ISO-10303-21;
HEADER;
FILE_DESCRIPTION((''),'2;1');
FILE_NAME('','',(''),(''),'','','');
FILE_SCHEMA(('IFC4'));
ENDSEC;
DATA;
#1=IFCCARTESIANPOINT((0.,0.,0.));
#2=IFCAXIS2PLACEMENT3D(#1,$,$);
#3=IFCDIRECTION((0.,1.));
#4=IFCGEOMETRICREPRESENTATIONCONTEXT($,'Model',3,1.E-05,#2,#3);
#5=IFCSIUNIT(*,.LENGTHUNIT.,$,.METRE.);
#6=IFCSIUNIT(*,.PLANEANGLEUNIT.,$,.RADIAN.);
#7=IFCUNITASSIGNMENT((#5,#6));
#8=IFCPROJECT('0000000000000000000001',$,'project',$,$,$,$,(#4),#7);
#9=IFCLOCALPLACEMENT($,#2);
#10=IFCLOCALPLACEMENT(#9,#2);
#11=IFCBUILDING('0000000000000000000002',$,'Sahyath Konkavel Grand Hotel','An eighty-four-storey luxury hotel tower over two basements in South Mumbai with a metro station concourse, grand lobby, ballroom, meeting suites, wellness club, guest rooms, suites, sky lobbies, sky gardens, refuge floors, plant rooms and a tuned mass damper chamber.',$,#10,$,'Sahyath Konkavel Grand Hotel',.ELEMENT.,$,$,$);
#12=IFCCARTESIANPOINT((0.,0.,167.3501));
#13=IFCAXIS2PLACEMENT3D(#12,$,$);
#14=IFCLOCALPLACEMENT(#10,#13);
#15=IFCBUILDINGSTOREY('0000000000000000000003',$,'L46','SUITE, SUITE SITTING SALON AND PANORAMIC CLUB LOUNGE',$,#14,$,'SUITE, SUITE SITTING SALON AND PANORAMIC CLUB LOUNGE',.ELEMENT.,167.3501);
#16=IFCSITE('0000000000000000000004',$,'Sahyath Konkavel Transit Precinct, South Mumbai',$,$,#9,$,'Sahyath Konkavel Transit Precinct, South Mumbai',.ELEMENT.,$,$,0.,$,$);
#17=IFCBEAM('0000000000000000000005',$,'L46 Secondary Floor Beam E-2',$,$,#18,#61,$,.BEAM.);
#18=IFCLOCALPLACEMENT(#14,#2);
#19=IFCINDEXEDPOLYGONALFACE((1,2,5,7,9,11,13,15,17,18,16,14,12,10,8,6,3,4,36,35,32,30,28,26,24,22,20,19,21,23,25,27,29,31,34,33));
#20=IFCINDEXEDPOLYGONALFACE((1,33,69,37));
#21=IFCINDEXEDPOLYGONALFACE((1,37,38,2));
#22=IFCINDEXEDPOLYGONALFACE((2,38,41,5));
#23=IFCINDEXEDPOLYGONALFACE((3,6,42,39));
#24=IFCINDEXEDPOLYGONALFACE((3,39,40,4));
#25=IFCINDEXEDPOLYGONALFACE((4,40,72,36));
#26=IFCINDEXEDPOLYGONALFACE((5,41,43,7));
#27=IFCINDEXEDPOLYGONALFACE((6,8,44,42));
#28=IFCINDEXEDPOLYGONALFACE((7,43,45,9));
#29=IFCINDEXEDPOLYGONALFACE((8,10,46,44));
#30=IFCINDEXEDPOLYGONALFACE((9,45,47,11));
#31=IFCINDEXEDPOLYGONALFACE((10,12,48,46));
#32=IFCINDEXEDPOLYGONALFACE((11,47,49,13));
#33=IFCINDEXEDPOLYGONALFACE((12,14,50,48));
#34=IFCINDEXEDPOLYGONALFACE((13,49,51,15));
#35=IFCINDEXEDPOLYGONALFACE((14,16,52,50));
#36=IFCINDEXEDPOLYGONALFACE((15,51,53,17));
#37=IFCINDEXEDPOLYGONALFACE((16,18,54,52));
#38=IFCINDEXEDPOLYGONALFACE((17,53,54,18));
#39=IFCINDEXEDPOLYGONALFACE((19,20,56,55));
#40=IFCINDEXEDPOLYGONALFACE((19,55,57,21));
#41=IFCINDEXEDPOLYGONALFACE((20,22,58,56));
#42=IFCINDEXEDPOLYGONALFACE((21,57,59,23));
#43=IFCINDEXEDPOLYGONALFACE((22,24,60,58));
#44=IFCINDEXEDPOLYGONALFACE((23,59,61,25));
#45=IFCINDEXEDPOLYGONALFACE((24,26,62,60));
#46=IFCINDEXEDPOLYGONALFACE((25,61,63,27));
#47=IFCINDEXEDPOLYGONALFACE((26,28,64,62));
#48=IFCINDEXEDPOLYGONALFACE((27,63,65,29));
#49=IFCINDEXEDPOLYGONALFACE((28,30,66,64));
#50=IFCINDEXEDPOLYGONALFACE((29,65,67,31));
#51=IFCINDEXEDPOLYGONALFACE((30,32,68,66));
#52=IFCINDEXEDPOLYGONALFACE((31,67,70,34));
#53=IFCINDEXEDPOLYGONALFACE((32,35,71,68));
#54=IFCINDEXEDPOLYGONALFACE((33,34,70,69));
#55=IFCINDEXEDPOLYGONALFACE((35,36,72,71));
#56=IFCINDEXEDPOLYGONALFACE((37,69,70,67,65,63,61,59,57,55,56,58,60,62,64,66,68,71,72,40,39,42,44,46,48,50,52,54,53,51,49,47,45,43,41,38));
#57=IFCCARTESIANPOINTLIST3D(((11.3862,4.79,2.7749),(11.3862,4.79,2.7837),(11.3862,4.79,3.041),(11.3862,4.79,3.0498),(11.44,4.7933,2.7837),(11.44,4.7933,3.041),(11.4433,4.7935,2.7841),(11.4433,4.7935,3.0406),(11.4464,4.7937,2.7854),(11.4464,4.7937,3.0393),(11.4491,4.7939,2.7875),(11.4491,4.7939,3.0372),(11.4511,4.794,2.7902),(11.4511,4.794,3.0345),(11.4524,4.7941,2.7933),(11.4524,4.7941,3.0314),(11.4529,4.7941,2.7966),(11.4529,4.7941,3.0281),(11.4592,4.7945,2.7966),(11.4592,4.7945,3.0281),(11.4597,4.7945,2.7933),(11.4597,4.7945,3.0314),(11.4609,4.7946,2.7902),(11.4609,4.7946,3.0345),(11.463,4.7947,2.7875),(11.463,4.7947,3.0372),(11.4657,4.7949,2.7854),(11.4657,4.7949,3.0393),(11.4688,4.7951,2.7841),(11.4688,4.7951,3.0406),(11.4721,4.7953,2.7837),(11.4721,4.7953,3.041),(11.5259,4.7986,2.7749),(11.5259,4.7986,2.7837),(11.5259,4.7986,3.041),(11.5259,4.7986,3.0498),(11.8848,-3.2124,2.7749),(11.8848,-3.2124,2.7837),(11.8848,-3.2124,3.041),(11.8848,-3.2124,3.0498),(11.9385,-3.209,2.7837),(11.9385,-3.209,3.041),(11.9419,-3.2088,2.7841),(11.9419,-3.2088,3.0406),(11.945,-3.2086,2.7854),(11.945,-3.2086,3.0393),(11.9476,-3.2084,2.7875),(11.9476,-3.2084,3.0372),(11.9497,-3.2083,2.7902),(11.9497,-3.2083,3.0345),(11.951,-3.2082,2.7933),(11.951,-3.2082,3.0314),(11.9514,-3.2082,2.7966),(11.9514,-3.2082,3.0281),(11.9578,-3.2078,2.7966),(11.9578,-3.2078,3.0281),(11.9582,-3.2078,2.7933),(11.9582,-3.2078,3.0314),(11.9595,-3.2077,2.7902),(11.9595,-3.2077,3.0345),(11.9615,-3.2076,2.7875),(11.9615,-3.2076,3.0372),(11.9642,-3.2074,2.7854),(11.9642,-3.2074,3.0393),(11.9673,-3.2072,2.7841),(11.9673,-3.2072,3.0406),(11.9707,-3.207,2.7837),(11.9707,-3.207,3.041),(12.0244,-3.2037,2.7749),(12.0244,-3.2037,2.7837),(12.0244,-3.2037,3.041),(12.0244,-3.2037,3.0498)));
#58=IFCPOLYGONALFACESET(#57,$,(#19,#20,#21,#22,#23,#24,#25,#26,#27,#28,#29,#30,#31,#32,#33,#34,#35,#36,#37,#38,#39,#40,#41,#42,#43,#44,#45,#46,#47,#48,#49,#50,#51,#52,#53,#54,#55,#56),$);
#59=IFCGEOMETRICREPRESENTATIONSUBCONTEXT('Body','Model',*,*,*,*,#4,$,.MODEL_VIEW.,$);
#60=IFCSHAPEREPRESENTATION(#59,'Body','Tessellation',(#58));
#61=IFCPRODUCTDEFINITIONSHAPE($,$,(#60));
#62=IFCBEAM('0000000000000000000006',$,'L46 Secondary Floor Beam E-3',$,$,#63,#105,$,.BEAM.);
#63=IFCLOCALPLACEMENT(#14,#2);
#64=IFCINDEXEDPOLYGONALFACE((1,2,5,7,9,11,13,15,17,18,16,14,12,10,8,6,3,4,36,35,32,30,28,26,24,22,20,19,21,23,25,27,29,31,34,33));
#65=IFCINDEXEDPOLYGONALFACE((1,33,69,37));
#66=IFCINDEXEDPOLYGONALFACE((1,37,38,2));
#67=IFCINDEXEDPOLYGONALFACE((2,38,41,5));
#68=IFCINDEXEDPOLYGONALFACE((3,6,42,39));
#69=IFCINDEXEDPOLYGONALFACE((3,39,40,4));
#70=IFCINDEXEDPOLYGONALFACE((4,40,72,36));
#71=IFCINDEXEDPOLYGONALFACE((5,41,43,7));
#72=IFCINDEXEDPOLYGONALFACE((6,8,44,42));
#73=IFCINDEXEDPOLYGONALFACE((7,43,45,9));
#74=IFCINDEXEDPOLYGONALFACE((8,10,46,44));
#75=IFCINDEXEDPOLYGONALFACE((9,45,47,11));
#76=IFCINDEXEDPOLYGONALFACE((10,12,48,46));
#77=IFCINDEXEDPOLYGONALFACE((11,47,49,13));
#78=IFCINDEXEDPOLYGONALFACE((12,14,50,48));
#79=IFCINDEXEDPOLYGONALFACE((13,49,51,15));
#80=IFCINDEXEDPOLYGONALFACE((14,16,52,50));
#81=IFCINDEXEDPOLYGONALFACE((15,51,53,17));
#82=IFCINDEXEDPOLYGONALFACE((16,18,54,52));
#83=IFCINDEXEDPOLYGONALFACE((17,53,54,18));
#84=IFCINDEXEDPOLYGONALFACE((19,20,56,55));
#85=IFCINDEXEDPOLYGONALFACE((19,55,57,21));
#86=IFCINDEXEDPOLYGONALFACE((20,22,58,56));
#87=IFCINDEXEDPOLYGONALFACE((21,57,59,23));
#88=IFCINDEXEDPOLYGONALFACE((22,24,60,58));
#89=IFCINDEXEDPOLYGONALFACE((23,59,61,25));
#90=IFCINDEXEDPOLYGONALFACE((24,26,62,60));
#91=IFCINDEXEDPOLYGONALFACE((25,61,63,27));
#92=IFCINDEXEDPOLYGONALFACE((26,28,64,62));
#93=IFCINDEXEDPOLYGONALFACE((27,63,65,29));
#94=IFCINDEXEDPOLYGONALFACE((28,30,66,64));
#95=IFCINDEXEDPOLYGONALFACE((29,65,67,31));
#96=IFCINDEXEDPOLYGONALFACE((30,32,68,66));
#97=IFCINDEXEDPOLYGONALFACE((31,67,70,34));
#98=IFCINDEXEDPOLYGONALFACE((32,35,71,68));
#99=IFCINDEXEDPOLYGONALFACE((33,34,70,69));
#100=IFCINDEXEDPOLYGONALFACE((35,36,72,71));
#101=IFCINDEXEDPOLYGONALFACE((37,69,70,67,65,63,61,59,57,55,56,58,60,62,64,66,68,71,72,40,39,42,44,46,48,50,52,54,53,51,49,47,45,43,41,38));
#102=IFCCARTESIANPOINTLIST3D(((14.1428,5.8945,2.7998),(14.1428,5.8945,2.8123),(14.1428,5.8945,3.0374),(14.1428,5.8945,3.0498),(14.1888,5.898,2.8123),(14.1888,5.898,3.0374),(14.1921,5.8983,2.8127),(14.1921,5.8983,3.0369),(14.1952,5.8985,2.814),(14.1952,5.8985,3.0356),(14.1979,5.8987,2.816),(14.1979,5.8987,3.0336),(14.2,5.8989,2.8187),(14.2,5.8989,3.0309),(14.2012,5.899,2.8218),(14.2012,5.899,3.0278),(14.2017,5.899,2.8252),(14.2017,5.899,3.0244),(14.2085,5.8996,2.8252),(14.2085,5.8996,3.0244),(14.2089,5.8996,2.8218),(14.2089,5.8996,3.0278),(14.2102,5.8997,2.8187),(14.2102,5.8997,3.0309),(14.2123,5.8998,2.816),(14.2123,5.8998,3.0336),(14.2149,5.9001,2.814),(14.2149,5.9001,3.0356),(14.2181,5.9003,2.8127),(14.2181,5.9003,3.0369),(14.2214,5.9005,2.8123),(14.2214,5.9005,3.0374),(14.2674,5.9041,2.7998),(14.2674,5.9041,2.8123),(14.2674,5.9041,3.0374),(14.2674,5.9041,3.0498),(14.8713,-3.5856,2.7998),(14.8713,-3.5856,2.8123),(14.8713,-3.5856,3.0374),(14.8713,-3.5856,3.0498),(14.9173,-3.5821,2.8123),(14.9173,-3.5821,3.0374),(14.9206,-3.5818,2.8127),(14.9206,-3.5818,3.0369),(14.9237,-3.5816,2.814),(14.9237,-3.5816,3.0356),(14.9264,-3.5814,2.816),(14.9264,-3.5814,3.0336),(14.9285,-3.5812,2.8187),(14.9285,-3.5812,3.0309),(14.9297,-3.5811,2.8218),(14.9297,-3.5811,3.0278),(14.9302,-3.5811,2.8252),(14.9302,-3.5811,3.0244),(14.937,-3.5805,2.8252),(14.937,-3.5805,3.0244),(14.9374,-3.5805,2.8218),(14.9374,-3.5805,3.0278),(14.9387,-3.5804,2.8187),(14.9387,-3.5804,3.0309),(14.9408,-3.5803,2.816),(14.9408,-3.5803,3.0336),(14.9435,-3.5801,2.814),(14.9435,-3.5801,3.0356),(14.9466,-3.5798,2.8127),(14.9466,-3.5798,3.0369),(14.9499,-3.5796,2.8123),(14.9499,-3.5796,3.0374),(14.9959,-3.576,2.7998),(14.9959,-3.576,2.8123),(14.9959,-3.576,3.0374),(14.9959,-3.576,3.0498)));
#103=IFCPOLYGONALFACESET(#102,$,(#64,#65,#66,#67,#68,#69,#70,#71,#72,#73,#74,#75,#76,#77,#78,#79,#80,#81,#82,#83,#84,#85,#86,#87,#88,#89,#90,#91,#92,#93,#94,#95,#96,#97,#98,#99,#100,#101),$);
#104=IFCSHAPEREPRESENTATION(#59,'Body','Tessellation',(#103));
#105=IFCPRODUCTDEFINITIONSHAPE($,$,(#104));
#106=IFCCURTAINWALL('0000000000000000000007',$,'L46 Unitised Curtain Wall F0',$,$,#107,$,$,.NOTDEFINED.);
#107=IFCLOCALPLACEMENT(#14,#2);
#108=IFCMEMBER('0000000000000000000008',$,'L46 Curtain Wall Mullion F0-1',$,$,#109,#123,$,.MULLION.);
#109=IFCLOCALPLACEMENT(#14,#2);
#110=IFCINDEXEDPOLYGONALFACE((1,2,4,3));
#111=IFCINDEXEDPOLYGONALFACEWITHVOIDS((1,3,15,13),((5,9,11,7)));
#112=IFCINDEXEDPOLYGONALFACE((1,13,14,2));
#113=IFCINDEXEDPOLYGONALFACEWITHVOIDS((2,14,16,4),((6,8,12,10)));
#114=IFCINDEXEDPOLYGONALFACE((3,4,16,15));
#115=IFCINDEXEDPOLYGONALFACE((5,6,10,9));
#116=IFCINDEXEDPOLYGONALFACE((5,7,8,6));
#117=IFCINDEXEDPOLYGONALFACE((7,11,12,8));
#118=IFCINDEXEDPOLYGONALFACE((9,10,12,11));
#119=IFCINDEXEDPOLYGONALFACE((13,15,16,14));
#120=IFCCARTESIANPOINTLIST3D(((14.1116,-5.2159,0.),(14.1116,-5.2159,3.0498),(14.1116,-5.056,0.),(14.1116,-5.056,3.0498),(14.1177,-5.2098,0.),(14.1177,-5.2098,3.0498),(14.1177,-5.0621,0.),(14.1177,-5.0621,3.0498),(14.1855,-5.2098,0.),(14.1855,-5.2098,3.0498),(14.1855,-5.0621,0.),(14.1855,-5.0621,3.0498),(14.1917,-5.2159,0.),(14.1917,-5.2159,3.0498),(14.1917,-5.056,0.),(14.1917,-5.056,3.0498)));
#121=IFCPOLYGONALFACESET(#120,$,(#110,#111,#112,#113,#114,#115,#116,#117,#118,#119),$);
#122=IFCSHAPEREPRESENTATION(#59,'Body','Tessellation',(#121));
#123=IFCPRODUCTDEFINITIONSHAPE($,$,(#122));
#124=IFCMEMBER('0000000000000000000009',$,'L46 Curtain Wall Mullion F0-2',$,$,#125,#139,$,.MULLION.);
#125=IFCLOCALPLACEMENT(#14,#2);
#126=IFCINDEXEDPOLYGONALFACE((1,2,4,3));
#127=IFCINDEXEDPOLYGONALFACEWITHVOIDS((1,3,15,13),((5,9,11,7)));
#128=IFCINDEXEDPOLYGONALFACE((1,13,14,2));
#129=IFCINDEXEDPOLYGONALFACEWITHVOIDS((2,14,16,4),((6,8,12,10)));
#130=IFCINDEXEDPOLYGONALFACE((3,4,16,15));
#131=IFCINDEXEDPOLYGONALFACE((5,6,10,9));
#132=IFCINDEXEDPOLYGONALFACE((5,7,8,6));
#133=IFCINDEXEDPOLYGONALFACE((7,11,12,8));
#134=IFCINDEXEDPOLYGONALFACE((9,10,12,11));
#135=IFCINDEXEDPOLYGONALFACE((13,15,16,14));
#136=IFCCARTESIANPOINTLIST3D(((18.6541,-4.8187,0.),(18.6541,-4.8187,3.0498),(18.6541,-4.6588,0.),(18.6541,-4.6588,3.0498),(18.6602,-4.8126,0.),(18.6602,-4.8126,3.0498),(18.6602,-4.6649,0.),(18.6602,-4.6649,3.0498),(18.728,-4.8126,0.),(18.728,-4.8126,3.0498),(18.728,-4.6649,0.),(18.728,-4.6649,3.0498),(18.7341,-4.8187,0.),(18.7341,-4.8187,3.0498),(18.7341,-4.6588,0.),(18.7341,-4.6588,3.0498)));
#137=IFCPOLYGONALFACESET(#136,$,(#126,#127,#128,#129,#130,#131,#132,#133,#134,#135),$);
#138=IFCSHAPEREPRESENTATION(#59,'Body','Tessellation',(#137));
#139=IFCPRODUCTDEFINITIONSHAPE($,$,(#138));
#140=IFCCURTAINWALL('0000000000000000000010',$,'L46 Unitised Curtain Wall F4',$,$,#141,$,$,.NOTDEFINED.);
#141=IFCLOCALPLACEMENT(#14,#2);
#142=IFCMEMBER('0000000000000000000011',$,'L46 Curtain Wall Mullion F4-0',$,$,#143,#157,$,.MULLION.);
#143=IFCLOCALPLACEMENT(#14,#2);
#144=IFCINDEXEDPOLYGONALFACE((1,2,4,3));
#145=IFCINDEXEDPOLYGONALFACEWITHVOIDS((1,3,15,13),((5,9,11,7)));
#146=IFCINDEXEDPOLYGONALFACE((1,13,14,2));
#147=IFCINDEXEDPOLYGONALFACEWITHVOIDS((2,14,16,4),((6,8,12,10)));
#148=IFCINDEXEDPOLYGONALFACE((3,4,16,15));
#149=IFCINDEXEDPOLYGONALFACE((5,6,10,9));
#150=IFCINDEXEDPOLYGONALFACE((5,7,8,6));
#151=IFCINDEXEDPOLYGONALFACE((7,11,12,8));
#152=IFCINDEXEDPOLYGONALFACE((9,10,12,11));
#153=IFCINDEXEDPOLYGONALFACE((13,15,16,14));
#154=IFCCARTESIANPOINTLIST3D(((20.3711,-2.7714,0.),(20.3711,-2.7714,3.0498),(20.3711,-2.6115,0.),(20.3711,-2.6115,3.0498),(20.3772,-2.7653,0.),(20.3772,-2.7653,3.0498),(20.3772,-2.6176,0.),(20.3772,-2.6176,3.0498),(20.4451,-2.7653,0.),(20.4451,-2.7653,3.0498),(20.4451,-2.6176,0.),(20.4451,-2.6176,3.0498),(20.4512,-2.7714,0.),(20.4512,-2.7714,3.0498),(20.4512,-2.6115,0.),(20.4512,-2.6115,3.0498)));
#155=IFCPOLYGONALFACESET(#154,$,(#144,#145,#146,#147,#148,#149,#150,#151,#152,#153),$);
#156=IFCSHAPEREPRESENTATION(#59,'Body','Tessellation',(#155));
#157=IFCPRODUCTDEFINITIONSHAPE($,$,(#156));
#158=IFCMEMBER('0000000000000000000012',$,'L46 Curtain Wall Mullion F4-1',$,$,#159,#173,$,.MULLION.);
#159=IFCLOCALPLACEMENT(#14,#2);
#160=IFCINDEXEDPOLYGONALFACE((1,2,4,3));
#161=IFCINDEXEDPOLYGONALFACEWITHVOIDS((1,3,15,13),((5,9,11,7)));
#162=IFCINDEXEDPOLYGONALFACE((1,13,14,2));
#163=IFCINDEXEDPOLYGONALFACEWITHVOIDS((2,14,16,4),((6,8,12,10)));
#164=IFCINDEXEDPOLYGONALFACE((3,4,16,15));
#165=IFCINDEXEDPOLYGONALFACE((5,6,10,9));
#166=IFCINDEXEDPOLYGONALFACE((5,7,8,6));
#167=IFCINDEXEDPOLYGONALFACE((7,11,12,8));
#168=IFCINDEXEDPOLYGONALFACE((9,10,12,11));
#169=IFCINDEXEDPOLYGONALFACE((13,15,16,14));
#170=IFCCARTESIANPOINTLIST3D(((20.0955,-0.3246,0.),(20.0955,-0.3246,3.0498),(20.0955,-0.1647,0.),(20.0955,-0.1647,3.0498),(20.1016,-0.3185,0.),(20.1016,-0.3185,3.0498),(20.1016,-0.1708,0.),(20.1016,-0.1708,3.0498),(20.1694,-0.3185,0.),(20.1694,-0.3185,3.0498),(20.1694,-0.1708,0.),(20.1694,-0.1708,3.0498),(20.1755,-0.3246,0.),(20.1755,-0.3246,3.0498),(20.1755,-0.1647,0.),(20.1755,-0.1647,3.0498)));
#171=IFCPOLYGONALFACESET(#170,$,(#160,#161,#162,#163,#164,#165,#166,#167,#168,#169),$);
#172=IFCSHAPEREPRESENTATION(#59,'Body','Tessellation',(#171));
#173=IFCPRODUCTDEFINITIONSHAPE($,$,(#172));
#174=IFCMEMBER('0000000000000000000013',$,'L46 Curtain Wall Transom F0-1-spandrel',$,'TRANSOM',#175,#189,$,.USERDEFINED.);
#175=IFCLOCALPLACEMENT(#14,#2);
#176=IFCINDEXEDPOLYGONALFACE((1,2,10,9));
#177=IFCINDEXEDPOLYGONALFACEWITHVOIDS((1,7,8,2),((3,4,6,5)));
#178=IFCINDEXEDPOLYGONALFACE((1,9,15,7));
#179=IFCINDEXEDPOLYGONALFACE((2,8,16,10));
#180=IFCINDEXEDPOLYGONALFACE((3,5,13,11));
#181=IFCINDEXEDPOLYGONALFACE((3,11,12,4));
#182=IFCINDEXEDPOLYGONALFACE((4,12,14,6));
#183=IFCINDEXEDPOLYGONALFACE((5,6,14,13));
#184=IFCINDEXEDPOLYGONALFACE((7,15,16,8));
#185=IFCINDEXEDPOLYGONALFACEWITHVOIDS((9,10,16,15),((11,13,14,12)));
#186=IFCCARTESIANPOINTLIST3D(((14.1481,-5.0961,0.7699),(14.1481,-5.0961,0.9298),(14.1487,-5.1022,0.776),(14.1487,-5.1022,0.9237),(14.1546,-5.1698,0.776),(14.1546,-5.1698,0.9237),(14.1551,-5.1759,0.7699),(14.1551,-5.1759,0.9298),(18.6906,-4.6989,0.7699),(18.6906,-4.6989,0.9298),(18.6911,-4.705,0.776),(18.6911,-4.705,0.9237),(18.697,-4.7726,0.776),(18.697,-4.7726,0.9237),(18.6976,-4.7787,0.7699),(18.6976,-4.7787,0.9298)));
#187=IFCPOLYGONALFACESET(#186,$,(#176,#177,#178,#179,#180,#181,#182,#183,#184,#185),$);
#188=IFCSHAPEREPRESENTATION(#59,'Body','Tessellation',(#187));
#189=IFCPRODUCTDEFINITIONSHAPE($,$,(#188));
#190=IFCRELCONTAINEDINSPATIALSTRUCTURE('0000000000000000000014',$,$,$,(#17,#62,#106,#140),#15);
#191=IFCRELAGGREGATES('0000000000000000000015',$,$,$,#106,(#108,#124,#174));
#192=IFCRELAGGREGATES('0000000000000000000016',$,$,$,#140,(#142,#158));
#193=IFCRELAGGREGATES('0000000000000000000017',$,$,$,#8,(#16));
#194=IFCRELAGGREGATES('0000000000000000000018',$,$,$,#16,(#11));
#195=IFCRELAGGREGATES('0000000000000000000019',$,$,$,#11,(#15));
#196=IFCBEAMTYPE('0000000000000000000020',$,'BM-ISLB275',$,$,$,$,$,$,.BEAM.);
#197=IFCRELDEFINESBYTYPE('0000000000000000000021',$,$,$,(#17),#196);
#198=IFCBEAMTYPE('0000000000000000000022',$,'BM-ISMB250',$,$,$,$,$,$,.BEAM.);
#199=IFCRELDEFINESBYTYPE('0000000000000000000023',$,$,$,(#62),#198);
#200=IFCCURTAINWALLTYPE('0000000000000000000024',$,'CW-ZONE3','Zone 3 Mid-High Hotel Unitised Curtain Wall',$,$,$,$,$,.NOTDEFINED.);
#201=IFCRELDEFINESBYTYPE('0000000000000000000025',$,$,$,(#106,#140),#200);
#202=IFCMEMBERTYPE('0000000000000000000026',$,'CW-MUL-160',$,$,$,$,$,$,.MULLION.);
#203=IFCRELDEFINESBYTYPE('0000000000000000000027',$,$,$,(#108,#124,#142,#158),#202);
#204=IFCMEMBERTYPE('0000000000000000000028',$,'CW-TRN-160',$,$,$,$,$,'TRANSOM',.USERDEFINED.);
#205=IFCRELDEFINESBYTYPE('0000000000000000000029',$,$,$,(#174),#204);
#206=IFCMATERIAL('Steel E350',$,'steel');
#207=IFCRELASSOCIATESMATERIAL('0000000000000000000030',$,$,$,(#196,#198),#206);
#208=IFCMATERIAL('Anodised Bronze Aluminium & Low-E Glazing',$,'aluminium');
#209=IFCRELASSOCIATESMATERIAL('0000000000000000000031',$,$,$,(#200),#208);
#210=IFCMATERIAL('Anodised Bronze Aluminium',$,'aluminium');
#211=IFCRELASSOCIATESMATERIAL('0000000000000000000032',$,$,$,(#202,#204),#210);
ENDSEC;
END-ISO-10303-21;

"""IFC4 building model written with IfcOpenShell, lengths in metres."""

from ifc_helpers import new_model, si_unit, direction, frame, origin, origin_2d, place, context, subcontext, project, spatial, hollow_rectangle, i_section, extrude, source, transform, mapped, material, material_profile, profile_set, type_object, element, aggregate, save


model = new_model("IFC4")

# Units and contexts
model_context = context("Model", 3, precision=1e-05, world=origin(), true_north=direction((0.0, 1.0)))
body_context = subcontext(model_context, "Body", "Model", "MODEL_VIEW")
ifc_project = project(units=[si_unit("LENGTHUNIT", "METRE"), si_unit("PLANEANGLEUNIT", "RADIAN")], contexts=[model_context])

# Site, building, storey
site_placement = place(None, origin())
site = spatial("IfcSite", under=ifc_project, at=site_placement, Name="Sahyath Konkavel Transit Precinct, South Mumbai", LongName="Sahyath Konkavel Transit Precinct, South Mumbai", CompositionType="ELEMENT", RefElevation=0.0)
building_placement = place(site_placement, origin())
building = spatial("IfcBuilding", under=site, at=building_placement, Name="Sahyath Konkavel Grand Hotel", Description="An eighty-four-storey luxury hotel tower over two basements in South Mumbai with a metro station concourse, grand lobby, ballroom, meeting suites, wellness club, guest rooms, suites, sky lobbies, sky gardens, refuge floors, plant rooms and a tuned mass damper chamber.", LongName="Sahyath Konkavel Grand Hotel", CompositionType="ELEMENT")
storey_placement = place(building_placement, frame((0.0, 0.0, 167.3501)))
storey = spatial("IfcBuildingStorey", under=building, at=storey_placement, Name="L46", Description="SUITE, SUITE SITTING SALON AND PANORAMIC CLUB LOUNGE", LongName="SUITE, SUITE SITTING SALON AND PANORAMIC CLUB LOUNGE", CompositionType="ELEMENT", Elevation=167.3501)

# Beams
ifc_material_1 = material(Name="Steel E350", Category="steel")
ifc_material_profile_1 = material_profile(ifc_material_1, i_section(OverallWidth=0.1399, OverallDepth=0.2749, WebThickness=0.0063, FlangeThickness=0.0088, FilletRadius=0.0129, at=origin_2d()), Name="ISLB 275")
ifc_profile_set_1 = profile_set([ifc_material_profile_1], Name="Steel E350")
beam_type_1 = type_object("IfcBeamType", Name="BM-ISLB275", PredefinedType="BEAM", material=ifc_profile_set_1)
shared_shape_1 = source(origin(), body_context, "Body", "SweptSolid", [
    extrude(i_section(OverallWidth=0.1399, OverallDepth=0.2749, WebThickness=0.0063, FlangeThickness=0.0088, FilletRadius=0.0129, at=origin_2d()), origin(), (0.0, 0.0, 1.0), 8.0178),
])
beam_1_placement = place(storey_placement, frame((11.9546, -3.208, 2.9124), z_axis=(-0.062179, 0.998065, 0.0), x_axis=(-0.998065, -0.062179, 0.0)))
element("IfcBeam", 1, at=beam_1_placement, inside=storey, type_object=beam_type_1, Name="L46 Secondary Floor Beam E-2", PredefinedType="BEAM", context=body_context, shape_type="MappedRepresentation", body=[
    mapped(shared_shape_1, transform((0.0, 0.0, 0.0), scale=1.0)),
])
ifc_material_profile_2 = material_profile(ifc_material_1, i_section(OverallWidth=0.125, OverallDepth=0.25, WebThickness=0.0068, FlangeThickness=0.0125, FilletRadius=0.0129, at=origin_2d()), Name="ISMB 250")
ifc_profile_set_2 = profile_set([ifc_material_profile_2], Name="Steel E350")
beam_type_2 = type_object("IfcBeamType", Name="BM-ISMB250", PredefinedType="BEAM", material=ifc_profile_set_2)
shared_shape_2 = source(origin(), body_context, "Body", "SweptSolid", [
    extrude(i_section(OverallWidth=0.125, OverallDepth=0.25, WebThickness=0.0068, FlangeThickness=0.0125, FilletRadius=0.0129, at=origin_2d()), origin(), (0.0, 0.0, 1.0), 9.5081),
])
beam_2_placement = place(storey_placement, frame((14.9336, -3.5808, 2.9248), z_axis=(-0.07662, 0.99706, 0.0), x_axis=(-0.99706, -0.07662, 0.0)))
element("IfcBeam", 2, at=beam_2_placement, inside=storey, type_object=beam_type_2, Name="L46 Secondary Floor Beam E-3", PredefinedType="BEAM", context=body_context, shape_type="MappedRepresentation", body=[
    mapped(shared_shape_2, transform((0.0, 0.0, 0.0), scale=1.0)),
])

# Curtain walls, members
ifc_material_2 = material(Name="Anodised Bronze Aluminium & Low-E Glazing", Category="aluminium")
curtain_wall_type = type_object("IfcCurtainWallType", Name="CW-ZONE3", Description="Zone 3 Mid-High Hotel Unitised Curtain Wall", PredefinedType="NOTDEFINED", material=ifc_material_2)
curtain_wall_1_placement = place(storey_placement, origin())
curtain_wall_1 = element("IfcCurtainWall", 3, at=curtain_wall_1_placement, inside=storey, type_object=curtain_wall_type, Name="L46 Unitised Curtain Wall F0", PredefinedType="NOTDEFINED")
ifc_material_3 = material(Name="Anodised Bronze Aluminium", Category="aluminium")
ifc_material_profile_3 = material_profile(ifc_material_3, hollow_rectangle(XDim=0.0801, YDim=0.1599, WallThickness=0.0061, at=origin_2d()), Name="RHS 160x80x6")
ifc_profile_set_3 = profile_set([ifc_material_profile_3], Name="Anodised Bronze Aluminium")
member_type_1 = type_object("IfcMemberType", Name="CW-MUL-160", PredefinedType="MULLION", material=ifc_profile_set_3)
shared_shape_3 = source(origin(), body_context, "Body", "SweptSolid", [
    extrude(hollow_rectangle(XDim=0.0801, YDim=0.1599, WallThickness=0.0061, at=origin_2d()), origin(), (0.0, 0.0, 1.0), 3.0498),
])
member_1_placement = place(storey_placement, frame((14.1516, -5.136, 0.0), z_axis=(0.0, 0.0, 1.0), x_axis=(1.0, 0.0, 0.0)))
member_1 = element("IfcMember", 4, at=member_1_placement, type_object=member_type_1, Name="L46 Curtain Wall Mullion F0-1", PredefinedType="MULLION", context=body_context, shape_type="MappedRepresentation", body=[
    mapped(shared_shape_3, transform((0.0, 0.0, 0.0), scale=1.0)),
])
member_2_placement = place(storey_placement, frame((18.6941, -4.7388, 0.0), z_axis=(0.0, 0.0, 1.0), x_axis=(1.0, 0.0, 0.0)))
member_2 = element("IfcMember", 5, at=member_2_placement, type_object=member_type_1, Name="L46 Curtain Wall Mullion F0-2", PredefinedType="MULLION", context=body_context, shape_type="MappedRepresentation", body=[
    mapped(shared_shape_3, transform((0.0, 0.0, 0.0), scale=1.0)),
])
curtain_wall_2_placement = place(storey_placement, origin())
curtain_wall_2 = element("IfcCurtainWall", 6, at=curtain_wall_2_placement, inside=storey, type_object=curtain_wall_type, Name="L46 Unitised Curtain Wall F4", PredefinedType="NOTDEFINED")
member_3_placement = place(storey_placement, frame((20.4111, -2.6914, 0.0), z_axis=(0.0, 0.0, 1.0), x_axis=(1.0, 0.0, 0.0)))
member_3 = element("IfcMember", 7, at=member_3_placement, type_object=member_type_1, Name="L46 Curtain Wall Mullion F4-0", PredefinedType="MULLION", context=body_context, shape_type="MappedRepresentation", body=[
    mapped(shared_shape_3, transform((0.0, 0.0, 0.0), scale=1.0)),
])
member_4_placement = place(storey_placement, frame((20.1355, -0.2446, 0.0), z_axis=(0.0, 0.0, 1.0), x_axis=(1.0, 0.0, 0.0)))
member_4 = element("IfcMember", 8, at=member_4_placement, type_object=member_type_1, Name="L46 Curtain Wall Mullion F4-1", PredefinedType="MULLION", context=body_context, shape_type="MappedRepresentation", body=[
    mapped(shared_shape_3, transform((0.0, 0.0, 0.0), scale=1.0)),
])

# Member
ifc_material_profile_4 = material_profile(ifc_material_3, hollow_rectangle(XDim=0.0801, YDim=0.1599, WallThickness=0.0061, at=origin_2d()), Name="RHS 160x80x6")
ifc_profile_set_4 = profile_set([ifc_material_profile_4], Name="Anodised Bronze Aluminium")
member_type_2 = type_object("IfcMemberType", Name="CW-TRN-160", ElementType="TRANSOM", PredefinedType="USERDEFINED", material=ifc_profile_set_4)
shared_shape_4 = source(origin(), body_context, "Body", "SweptSolid", [
    extrude(hollow_rectangle(XDim=0.0801, YDim=0.1599, WallThickness=0.0061, at=origin_2d()), origin(), (0.0, 0.0, 1.0), 4.5598),
])
member_5_placement = place(storey_placement, frame((14.1516, -5.136, 0.8499), z_axis=(0.996198, 0.087112, 0.0), x_axis=(-0.087112, 0.996198, 0.0)))
member_5 = element("IfcMember", 9, at=member_5_placement, type_object=member_type_2, Name="L46 Curtain Wall Transom F0-1-spandrel", ObjectType="TRANSOM", PredefinedType="USERDEFINED", context=body_context, shape_type="MappedRepresentation", body=[
    mapped(shared_shape_4, transform((0.0, 0.0, 0.0), scale=1.0)),
])

aggregate(curtain_wall_1, [member_1, member_2, member_5])
aggregate(curtain_wall_2, [member_3, member_4])

save(model, "model.ifc")
